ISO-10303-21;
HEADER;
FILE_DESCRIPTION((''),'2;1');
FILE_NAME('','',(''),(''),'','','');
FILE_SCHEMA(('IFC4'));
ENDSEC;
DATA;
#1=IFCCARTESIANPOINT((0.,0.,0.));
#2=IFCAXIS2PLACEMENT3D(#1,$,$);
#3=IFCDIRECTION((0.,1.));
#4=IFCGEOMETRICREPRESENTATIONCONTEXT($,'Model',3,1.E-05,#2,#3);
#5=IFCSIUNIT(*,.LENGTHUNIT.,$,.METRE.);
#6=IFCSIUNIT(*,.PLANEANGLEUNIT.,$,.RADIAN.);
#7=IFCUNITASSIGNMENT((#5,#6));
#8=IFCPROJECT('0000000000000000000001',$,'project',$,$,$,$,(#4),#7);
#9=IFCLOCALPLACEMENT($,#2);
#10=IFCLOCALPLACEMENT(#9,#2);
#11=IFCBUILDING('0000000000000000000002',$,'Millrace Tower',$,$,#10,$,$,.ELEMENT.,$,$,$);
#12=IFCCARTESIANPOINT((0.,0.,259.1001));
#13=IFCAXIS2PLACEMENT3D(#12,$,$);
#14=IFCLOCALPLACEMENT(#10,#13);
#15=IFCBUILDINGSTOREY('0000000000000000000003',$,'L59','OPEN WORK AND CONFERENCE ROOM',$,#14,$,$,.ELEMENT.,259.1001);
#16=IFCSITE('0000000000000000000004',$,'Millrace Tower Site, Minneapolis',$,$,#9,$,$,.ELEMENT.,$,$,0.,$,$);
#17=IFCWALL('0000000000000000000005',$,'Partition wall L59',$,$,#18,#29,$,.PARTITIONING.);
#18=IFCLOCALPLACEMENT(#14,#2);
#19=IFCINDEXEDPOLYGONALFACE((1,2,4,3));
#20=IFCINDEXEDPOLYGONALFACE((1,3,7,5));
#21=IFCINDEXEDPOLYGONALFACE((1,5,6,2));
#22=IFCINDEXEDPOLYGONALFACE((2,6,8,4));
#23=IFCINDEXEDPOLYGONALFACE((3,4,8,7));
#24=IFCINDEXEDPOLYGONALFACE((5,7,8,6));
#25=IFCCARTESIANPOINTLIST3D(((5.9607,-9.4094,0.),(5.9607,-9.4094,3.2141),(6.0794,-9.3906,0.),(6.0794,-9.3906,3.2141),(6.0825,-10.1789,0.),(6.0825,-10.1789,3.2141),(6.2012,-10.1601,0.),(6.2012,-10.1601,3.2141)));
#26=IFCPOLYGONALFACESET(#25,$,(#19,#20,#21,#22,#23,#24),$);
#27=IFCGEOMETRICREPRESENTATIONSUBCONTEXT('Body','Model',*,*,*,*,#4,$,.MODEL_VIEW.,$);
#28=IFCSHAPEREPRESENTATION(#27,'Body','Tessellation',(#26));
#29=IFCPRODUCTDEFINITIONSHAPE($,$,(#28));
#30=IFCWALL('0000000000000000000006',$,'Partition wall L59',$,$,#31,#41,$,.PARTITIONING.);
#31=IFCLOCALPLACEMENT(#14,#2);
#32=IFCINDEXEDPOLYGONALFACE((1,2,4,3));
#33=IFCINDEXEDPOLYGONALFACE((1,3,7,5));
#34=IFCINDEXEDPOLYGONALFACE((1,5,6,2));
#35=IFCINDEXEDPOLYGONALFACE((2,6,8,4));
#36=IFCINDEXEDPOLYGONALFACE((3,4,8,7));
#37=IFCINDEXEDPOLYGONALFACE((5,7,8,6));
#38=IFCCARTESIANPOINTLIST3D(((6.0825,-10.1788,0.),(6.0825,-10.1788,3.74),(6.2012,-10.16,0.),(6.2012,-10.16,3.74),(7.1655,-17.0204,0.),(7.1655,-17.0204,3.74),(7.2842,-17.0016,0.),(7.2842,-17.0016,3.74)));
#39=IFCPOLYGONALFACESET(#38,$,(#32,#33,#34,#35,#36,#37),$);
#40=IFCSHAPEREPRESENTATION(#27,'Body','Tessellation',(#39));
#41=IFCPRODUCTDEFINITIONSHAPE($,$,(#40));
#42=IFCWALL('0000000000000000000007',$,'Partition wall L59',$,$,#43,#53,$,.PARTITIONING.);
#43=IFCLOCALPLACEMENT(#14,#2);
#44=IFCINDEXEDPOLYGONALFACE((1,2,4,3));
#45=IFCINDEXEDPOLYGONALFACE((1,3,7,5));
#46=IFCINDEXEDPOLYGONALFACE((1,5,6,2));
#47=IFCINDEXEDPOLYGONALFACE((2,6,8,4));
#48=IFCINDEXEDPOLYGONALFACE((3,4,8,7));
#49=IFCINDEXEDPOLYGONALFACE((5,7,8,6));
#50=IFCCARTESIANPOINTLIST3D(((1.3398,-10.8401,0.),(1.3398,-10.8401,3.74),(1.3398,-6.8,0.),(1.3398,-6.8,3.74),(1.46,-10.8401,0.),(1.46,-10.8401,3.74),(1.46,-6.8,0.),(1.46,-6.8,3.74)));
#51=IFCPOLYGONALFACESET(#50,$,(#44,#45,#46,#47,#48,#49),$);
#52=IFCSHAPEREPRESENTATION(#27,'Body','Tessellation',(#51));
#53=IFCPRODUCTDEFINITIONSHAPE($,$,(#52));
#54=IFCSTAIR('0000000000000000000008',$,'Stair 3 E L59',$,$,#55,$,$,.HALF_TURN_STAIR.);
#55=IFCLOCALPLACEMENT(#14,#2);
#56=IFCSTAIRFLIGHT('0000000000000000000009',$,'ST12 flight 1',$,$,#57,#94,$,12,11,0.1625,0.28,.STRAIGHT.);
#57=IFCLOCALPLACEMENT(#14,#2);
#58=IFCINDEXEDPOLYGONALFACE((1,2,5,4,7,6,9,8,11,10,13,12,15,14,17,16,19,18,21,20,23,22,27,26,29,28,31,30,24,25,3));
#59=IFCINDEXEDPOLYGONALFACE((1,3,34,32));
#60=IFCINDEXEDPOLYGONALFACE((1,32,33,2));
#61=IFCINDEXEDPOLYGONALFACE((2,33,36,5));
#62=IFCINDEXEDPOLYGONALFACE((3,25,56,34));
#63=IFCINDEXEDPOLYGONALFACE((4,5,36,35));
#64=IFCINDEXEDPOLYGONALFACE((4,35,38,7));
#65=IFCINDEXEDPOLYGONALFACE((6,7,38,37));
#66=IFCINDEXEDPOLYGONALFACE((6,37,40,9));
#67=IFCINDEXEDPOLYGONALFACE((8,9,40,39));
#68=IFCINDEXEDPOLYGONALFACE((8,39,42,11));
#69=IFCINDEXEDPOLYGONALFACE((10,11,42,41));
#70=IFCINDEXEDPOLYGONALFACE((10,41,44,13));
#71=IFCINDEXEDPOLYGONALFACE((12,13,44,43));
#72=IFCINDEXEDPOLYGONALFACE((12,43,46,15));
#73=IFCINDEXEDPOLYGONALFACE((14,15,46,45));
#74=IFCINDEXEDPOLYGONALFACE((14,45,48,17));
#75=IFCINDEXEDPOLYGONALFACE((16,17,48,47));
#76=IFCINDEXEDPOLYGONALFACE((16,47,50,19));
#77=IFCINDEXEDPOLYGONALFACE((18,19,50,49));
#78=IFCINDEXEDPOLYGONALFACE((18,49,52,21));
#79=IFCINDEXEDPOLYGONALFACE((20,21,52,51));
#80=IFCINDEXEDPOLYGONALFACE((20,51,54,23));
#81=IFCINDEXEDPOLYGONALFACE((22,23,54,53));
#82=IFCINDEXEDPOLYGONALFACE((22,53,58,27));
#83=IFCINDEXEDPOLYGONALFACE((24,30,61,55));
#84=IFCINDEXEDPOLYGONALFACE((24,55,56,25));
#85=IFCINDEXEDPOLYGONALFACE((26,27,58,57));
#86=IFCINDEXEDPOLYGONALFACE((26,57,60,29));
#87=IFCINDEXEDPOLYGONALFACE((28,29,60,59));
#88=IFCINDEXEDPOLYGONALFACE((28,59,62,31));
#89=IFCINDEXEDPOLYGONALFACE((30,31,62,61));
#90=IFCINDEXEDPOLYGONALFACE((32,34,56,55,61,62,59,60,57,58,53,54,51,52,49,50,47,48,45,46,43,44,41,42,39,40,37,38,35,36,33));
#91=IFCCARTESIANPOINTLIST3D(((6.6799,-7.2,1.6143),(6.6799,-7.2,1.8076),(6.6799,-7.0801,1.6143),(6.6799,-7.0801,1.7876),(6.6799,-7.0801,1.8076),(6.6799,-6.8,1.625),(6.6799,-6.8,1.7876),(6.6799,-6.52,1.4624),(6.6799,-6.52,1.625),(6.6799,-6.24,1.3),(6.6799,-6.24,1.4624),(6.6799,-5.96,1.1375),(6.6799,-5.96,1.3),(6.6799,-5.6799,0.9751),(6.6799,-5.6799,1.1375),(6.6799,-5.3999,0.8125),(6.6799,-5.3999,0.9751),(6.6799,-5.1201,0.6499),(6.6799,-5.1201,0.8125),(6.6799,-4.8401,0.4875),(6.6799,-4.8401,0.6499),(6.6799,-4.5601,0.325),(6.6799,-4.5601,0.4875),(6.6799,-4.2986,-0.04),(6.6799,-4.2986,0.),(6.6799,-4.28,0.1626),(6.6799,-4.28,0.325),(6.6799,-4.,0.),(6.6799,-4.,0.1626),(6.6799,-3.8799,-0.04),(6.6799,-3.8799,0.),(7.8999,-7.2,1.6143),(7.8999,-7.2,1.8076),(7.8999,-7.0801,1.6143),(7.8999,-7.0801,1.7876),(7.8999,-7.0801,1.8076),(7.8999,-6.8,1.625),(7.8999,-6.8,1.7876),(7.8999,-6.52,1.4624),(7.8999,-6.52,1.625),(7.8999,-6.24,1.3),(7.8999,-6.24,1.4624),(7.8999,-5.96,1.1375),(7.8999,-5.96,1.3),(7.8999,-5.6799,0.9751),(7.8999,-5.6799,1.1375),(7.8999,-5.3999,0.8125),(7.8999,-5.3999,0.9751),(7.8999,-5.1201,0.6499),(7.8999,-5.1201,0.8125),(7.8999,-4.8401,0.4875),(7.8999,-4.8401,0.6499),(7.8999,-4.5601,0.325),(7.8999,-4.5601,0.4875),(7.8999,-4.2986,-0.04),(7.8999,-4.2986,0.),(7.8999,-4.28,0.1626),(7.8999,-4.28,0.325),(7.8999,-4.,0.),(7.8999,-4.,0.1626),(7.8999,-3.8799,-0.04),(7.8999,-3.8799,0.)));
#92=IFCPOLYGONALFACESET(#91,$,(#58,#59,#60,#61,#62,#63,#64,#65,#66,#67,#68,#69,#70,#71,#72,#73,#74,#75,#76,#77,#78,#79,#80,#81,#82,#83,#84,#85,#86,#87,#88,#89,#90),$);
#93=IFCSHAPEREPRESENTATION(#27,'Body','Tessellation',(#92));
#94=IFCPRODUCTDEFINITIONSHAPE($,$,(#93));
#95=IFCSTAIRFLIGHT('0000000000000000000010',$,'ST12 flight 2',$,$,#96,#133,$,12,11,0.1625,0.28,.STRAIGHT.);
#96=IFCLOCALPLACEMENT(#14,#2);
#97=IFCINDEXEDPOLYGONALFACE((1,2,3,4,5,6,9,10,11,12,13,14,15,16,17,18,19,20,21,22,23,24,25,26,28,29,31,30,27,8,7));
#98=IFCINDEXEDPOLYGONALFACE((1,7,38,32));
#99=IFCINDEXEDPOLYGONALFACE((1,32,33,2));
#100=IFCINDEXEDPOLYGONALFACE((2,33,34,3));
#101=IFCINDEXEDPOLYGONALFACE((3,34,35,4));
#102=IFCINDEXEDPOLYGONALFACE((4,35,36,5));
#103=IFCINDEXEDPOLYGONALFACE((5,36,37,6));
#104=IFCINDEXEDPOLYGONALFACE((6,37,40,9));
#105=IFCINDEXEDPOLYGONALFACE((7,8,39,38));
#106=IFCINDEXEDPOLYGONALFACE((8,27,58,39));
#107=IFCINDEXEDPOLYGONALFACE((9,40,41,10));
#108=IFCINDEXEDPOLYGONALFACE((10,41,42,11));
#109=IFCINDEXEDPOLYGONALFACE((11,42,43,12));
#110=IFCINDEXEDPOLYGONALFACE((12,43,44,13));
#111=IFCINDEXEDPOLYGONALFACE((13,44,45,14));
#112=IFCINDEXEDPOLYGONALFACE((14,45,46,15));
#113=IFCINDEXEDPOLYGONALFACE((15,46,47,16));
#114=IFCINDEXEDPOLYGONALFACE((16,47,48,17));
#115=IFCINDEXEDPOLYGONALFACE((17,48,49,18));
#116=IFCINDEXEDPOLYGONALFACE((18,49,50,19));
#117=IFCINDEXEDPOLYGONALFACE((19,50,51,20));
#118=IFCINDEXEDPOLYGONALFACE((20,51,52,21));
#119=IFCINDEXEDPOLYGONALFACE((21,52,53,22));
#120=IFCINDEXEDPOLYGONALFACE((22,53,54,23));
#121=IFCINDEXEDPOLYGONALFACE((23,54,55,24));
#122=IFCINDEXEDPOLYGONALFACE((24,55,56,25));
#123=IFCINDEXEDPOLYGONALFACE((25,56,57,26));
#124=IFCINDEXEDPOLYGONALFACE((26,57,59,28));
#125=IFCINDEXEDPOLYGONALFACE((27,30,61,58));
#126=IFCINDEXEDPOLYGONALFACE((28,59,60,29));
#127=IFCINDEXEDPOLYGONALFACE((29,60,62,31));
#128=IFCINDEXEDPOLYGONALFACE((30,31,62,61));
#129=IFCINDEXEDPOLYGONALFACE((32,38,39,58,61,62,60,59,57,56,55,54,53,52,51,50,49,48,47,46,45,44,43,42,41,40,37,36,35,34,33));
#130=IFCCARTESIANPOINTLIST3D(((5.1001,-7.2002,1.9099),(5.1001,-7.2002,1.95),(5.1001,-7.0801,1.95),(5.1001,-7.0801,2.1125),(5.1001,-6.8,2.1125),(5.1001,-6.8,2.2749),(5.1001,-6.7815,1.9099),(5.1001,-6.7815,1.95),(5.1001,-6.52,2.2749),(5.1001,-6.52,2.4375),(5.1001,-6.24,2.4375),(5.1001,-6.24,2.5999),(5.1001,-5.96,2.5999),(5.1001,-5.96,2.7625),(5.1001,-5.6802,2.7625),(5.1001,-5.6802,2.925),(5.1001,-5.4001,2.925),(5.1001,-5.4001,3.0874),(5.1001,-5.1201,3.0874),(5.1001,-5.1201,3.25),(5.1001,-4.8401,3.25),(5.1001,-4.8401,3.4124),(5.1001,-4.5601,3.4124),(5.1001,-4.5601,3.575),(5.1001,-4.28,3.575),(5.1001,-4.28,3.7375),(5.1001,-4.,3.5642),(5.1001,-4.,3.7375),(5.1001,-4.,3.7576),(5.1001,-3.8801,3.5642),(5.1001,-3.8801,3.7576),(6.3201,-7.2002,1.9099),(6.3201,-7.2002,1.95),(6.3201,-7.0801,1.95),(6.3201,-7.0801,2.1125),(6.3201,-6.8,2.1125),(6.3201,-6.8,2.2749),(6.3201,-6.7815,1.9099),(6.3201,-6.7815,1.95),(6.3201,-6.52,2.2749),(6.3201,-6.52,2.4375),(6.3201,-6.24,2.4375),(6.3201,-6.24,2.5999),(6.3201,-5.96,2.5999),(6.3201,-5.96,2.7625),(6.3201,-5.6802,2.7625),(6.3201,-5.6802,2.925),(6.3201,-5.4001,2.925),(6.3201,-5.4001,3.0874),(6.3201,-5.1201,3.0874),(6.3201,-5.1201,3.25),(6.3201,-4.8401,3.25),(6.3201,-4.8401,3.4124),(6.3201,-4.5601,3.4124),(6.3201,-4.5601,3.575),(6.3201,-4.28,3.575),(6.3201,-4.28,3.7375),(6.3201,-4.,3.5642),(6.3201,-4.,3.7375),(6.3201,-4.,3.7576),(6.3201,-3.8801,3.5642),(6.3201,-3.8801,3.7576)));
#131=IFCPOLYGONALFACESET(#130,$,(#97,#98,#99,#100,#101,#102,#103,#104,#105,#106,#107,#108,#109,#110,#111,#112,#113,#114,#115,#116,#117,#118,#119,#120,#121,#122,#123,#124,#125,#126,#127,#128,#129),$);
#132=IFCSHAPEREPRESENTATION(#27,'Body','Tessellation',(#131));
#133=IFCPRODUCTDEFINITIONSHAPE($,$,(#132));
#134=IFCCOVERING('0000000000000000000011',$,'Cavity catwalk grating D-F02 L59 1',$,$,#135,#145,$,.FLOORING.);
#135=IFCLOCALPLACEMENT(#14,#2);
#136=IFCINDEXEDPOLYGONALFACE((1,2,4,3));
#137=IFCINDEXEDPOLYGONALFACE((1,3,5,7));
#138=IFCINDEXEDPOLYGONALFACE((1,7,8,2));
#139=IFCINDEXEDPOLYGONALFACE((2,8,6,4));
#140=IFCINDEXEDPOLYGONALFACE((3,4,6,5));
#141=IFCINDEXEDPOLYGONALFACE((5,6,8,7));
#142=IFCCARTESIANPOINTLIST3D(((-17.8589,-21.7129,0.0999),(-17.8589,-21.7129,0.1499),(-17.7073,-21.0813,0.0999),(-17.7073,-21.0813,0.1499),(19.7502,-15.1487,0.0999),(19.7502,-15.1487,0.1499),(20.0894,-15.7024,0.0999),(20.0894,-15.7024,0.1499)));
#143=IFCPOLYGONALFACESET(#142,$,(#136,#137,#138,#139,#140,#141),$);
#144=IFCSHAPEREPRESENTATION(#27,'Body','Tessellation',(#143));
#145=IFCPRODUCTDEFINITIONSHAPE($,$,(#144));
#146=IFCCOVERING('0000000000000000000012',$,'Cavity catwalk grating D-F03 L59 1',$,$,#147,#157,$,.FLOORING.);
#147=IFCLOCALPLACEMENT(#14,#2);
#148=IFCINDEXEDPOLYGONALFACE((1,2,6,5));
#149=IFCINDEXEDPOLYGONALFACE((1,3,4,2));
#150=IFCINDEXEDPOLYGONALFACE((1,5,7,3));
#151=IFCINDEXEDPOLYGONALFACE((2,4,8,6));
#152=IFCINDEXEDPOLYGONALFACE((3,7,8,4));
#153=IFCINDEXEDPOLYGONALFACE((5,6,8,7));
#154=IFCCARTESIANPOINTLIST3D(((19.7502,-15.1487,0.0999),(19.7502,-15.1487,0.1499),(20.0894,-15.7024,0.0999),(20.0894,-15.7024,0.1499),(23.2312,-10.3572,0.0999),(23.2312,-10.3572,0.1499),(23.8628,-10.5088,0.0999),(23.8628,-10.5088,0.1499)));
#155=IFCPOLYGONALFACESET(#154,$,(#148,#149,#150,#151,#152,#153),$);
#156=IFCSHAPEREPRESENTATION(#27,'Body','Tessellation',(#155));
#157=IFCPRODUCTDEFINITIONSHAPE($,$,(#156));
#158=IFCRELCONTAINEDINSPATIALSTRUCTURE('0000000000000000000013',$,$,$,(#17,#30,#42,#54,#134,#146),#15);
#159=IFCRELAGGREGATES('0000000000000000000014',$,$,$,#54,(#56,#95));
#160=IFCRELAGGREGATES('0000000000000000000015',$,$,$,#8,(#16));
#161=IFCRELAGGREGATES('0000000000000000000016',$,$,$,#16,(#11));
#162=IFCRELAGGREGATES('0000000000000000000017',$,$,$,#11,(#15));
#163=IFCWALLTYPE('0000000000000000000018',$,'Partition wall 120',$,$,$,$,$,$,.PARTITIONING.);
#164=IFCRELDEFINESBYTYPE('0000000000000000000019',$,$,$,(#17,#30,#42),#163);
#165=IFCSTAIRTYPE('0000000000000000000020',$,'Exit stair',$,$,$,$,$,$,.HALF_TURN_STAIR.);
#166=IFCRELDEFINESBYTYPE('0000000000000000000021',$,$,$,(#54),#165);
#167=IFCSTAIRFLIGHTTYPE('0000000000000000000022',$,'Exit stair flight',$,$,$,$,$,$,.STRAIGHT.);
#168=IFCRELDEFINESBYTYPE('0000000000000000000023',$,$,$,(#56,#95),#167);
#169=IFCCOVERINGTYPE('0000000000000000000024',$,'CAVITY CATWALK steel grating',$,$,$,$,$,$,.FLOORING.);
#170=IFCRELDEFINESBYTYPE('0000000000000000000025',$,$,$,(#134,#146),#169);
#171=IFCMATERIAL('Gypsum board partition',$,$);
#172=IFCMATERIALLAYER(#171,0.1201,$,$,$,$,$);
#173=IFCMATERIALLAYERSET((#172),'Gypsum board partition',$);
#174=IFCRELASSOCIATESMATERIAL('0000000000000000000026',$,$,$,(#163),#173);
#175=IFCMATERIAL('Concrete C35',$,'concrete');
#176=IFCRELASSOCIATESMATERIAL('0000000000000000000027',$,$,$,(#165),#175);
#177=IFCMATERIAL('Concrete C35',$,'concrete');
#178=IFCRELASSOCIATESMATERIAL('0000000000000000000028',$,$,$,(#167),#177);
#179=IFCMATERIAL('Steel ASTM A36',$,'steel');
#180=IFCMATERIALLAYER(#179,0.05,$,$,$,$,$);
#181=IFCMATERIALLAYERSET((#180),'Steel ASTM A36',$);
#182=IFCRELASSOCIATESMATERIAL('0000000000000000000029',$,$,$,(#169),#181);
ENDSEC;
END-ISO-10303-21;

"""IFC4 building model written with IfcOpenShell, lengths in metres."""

from ifc_helpers import new_model, si_unit, direction, frame, frame_2d, origin, place, context, subcontext, project, spatial, polyline, rectangle, outline, extrude, material, layer, layer_set, type_object, element, aggregate, save


model = new_model("IFC4")

# Units and contexts
model_context = context("Model", 3, precision=1e-05, world=origin(), true_north=direction((0.0, 1.0)))
body_context = subcontext(model_context, "Body", "Model", "MODEL_VIEW")
ifc_project = project(units=[si_unit("LENGTHUNIT", "METRE"), si_unit("PLANEANGLEUNIT", "RADIAN")], contexts=[model_context])

# Site, building, storey
site_placement = place(None, origin())
site = spatial("IfcSite", under=ifc_project, at=site_placement, Name="Millrace Tower Site, Minneapolis", CompositionType="ELEMENT", RefElevation=0.0)
building_placement = place(site_placement, origin())
building = spatial("IfcBuilding", under=site, at=building_placement, Name="Millrace Tower", CompositionType="ELEMENT")
storey_placement = place(building_placement, frame((0.0, 0.0, 259.1001)))
storey = spatial("IfcBuildingStorey", under=building, at=storey_placement, Name="L59", Description="OPEN WORK AND CONFERENCE ROOM", CompositionType="ELEMENT", Elevation=259.1001)

# Shared definitions
placement_1 = place(storey_placement, origin())

# Walls
ifc_material_1 = material(Name="Gypsum board partition")
ifc_layer_1 = layer(ifc_material_1, 0.1201)
ifc_layer_set_1 = layer_set([ifc_layer_1], Name="Gypsum board partition")
wall_type_1 = type_object("IfcWallType", Name="Partition wall 120", PredefinedType="PARTITIONING", material=ifc_layer_set_1)
wall_1_placement = place(storey_placement, frame((6.02, -9.3999, 0.0), z_axis=(0.0, 0.0, 1.0), x_axis=(0.156365, -0.987699, 0.0)))
element("IfcWall", 1, at=wall_1_placement, inside=storey, type_object=wall_type_1, Name="Partition wall L59", PredefinedType="PARTITIONING", context=body_context, shape_type="SweptSolid", body=[
    extrude(rectangle(XDim=0.7791, YDim=0.1201, at=frame_2d((0.3896, 0.0))), origin(), (0.0, 0.0, 1.0), 3.2141),
])
wall_2_placement = place(storey_placement, frame((6.1418, -10.1694, 0.0), z_axis=(0.0, 0.0, 1.0), x_axis=(0.156352, -0.987701, 0.0)))
element("IfcWall", 2, at=wall_2_placement, inside=storey, type_object=wall_type_1, Name="Partition wall L59", PredefinedType="PARTITIONING", context=body_context, shape_type="SweptSolid", body=[
    extrude(rectangle(XDim=6.9268, YDim=0.1201, at=frame_2d((3.4634, 0.0))), origin(), (0.0, 0.0, 1.0), 3.74),
])
wall_3_placement = place(storey_placement, frame((1.3999, -10.8401, 0.0), z_axis=(0.0, 0.0, 1.0), x_axis=(0.0, 1.0, 0.0)))
element("IfcWall", 3, at=wall_3_placement, inside=storey, type_object=wall_type_1, Name="Partition wall L59", PredefinedType="PARTITIONING", context=body_context, shape_type="SweptSolid", body=[
    extrude(rectangle(XDim=4.04, YDim=0.1201, at=frame_2d((2.02, 0.0))), origin(), (0.0, 0.0, 1.0), 3.74),
])

# Stair, stair flights
ifc_material_2 = material(Name="Concrete C35", Category="concrete")
stair_type = type_object("IfcStairType", Name="Exit stair", PredefinedType="HALF_TURN_STAIR", material=ifc_material_2)
stair = element("IfcStair", 4, at=placement_1, inside=storey, type_object=stair_type, Name="Stair 3 E L59", PredefinedType="HALF_TURN_STAIR")
ifc_material_3 = material(Name="Concrete C35", Category="concrete")
stair_flight_type = type_object("IfcStairFlightType", Name="Exit stair flight", PredefinedType="STRAIGHT", material=ifc_material_3)
stair_flight_1_placement = place(storey_placement, frame((7.29, -4.0, 0.0), z_axis=(0.0, 0.0, 1.0), x_axis=(0.0, -1.0, 0.0)))
stair_flight_1 = element("IfcStairFlight", 5, at=stair_flight_1_placement, type_object=stair_flight_type, Name="ST12 flight 1", NumberOfRisers=12, NumberOfTreads=11, PredefinedType="STRAIGHT", RiserHeight=0.1625, TreadLength=0.28, context=body_context, shape_type="SweptSolid", body=[
    extrude(outline(polyline([(-0.1201, -0.04), (-0.1201, 0.0), (0.0, 0.0), (0.0, 0.1626), (0.28, 0.1626), (0.28, 0.325), (0.5601, 0.325), (0.5601, 0.4875), (0.8401, 0.4875), (0.8401, 0.6499), (1.1201, 0.6499), (1.1201, 0.8125), (1.3999, 0.8125), (1.3999, 0.9751), (1.6799, 0.9751), (1.6799, 1.1375), (1.96, 1.1375), (1.96, 1.3), (2.24, 1.3), (2.24, 1.4624), (2.52, 1.4624), (2.52, 1.625), (2.8, 1.625), (2.8, 1.7876), (3.0801, 1.7876), (3.0801, 1.8076), (3.2, 1.8076), (3.2, 1.6143), (3.0801, 1.6143), (0.2986, 0.0), (0.2986, -0.04), (-0.1201, -0.04)])), frame((0.0, 0.6099, 0.0), z_axis=(0.0, -1.0, 0.0), x_axis=(1.0, 0.0, 0.0)), (0.0, 0.0, 1.0), 1.22),
])
stair_flight_2_placement = place(storey_placement, frame((5.71, -7.0801, 1.95), z_axis=(0.0, 0.0, 1.0), x_axis=(0.0, 1.0, 0.0)))
stair_flight_2 = element("IfcStairFlight", 6, at=stair_flight_2_placement, type_object=stair_flight_type, Name="ST12 flight 2", NumberOfRisers=12, NumberOfTreads=11, PredefinedType="STRAIGHT", RiserHeight=0.1625, TreadLength=0.28, context=body_context, shape_type="SweptSolid", body=[
    extrude(outline(polyline([(-0.1201, -0.04), (-0.1201, 0.0), (0.0, 0.0), (0.0, 0.1626), (0.28, 0.1626), (0.28, 0.325), (0.5601, 0.325), (0.5601, 0.4875), (0.8401, 0.4875), (0.8401, 0.6499), (1.1201, 0.6499), (1.1201, 0.8125), (1.3999, 0.8125), (1.3999, 0.9751), (1.6799, 0.9751), (1.6799, 1.1375), (1.96, 1.1375), (1.96, 1.3), (2.24, 1.3), (2.24, 1.4624), (2.52, 1.4624), (2.52, 1.625), (2.8, 1.625), (2.8, 1.7876), (3.0801, 1.7876), (3.0801, 1.8076), (3.2, 1.8076), (3.2, 1.6143), (3.0801, 1.6143), (0.2986, 0.0), (0.2986, -0.04), (-0.1201, -0.04)])), frame((0.0, 0.6099, 0.0), z_axis=(0.0, -1.0, 0.0), x_axis=(1.0, 0.0, 0.0)), (0.0, 0.0, 1.0), 1.22),
])
aggregate(stair, [stair_flight_1, stair_flight_2])

# Coverings
ifc_material_4 = material(Name="Steel ASTM A36", Category="steel")
ifc_layer_2 = layer(ifc_material_4, 0.05)
ifc_layer_set_2 = layer_set([ifc_layer_2], Name="Steel ASTM A36")
covering_type = type_object("IfcCoveringType", Name="CAVITY CATWALK steel grating", PredefinedType="FLOORING", material=ifc_layer_set_2)
placement_2 = place(storey_placement, frame((0.0, 0.0, 0.0999)))
element("IfcCovering", 7, at=placement_2, inside=storey, type_object=covering_type, Name="Cavity catwalk grating D-F02 L59 1", PredefinedType="FLOORING", context=body_context, shape_type="SweptSolid", body=[
    extrude(outline(polyline([(-17.8589, -21.7129), (20.0894, -15.7024), (19.7502, -15.1487), (-17.7073, -21.0813), (-17.8589, -21.7129)])), origin(), (0.0, 0.0, 1.0), 0.05),
])
element("IfcCovering", 8, at=placement_2, inside=storey, type_object=covering_type, Name="Cavity catwalk grating D-F03 L59 1", PredefinedType="FLOORING", context=body_context, shape_type="SweptSolid", body=[
    extrude(outline(polyline([(20.0894, -15.7024), (23.8628, -10.5088), (23.2312, -10.3572), (19.7502, -15.1487), (20.0894, -15.7024)])), origin(), (0.0, 0.0, 1.0), 0.05),
])

save(model, "model.ifc")
